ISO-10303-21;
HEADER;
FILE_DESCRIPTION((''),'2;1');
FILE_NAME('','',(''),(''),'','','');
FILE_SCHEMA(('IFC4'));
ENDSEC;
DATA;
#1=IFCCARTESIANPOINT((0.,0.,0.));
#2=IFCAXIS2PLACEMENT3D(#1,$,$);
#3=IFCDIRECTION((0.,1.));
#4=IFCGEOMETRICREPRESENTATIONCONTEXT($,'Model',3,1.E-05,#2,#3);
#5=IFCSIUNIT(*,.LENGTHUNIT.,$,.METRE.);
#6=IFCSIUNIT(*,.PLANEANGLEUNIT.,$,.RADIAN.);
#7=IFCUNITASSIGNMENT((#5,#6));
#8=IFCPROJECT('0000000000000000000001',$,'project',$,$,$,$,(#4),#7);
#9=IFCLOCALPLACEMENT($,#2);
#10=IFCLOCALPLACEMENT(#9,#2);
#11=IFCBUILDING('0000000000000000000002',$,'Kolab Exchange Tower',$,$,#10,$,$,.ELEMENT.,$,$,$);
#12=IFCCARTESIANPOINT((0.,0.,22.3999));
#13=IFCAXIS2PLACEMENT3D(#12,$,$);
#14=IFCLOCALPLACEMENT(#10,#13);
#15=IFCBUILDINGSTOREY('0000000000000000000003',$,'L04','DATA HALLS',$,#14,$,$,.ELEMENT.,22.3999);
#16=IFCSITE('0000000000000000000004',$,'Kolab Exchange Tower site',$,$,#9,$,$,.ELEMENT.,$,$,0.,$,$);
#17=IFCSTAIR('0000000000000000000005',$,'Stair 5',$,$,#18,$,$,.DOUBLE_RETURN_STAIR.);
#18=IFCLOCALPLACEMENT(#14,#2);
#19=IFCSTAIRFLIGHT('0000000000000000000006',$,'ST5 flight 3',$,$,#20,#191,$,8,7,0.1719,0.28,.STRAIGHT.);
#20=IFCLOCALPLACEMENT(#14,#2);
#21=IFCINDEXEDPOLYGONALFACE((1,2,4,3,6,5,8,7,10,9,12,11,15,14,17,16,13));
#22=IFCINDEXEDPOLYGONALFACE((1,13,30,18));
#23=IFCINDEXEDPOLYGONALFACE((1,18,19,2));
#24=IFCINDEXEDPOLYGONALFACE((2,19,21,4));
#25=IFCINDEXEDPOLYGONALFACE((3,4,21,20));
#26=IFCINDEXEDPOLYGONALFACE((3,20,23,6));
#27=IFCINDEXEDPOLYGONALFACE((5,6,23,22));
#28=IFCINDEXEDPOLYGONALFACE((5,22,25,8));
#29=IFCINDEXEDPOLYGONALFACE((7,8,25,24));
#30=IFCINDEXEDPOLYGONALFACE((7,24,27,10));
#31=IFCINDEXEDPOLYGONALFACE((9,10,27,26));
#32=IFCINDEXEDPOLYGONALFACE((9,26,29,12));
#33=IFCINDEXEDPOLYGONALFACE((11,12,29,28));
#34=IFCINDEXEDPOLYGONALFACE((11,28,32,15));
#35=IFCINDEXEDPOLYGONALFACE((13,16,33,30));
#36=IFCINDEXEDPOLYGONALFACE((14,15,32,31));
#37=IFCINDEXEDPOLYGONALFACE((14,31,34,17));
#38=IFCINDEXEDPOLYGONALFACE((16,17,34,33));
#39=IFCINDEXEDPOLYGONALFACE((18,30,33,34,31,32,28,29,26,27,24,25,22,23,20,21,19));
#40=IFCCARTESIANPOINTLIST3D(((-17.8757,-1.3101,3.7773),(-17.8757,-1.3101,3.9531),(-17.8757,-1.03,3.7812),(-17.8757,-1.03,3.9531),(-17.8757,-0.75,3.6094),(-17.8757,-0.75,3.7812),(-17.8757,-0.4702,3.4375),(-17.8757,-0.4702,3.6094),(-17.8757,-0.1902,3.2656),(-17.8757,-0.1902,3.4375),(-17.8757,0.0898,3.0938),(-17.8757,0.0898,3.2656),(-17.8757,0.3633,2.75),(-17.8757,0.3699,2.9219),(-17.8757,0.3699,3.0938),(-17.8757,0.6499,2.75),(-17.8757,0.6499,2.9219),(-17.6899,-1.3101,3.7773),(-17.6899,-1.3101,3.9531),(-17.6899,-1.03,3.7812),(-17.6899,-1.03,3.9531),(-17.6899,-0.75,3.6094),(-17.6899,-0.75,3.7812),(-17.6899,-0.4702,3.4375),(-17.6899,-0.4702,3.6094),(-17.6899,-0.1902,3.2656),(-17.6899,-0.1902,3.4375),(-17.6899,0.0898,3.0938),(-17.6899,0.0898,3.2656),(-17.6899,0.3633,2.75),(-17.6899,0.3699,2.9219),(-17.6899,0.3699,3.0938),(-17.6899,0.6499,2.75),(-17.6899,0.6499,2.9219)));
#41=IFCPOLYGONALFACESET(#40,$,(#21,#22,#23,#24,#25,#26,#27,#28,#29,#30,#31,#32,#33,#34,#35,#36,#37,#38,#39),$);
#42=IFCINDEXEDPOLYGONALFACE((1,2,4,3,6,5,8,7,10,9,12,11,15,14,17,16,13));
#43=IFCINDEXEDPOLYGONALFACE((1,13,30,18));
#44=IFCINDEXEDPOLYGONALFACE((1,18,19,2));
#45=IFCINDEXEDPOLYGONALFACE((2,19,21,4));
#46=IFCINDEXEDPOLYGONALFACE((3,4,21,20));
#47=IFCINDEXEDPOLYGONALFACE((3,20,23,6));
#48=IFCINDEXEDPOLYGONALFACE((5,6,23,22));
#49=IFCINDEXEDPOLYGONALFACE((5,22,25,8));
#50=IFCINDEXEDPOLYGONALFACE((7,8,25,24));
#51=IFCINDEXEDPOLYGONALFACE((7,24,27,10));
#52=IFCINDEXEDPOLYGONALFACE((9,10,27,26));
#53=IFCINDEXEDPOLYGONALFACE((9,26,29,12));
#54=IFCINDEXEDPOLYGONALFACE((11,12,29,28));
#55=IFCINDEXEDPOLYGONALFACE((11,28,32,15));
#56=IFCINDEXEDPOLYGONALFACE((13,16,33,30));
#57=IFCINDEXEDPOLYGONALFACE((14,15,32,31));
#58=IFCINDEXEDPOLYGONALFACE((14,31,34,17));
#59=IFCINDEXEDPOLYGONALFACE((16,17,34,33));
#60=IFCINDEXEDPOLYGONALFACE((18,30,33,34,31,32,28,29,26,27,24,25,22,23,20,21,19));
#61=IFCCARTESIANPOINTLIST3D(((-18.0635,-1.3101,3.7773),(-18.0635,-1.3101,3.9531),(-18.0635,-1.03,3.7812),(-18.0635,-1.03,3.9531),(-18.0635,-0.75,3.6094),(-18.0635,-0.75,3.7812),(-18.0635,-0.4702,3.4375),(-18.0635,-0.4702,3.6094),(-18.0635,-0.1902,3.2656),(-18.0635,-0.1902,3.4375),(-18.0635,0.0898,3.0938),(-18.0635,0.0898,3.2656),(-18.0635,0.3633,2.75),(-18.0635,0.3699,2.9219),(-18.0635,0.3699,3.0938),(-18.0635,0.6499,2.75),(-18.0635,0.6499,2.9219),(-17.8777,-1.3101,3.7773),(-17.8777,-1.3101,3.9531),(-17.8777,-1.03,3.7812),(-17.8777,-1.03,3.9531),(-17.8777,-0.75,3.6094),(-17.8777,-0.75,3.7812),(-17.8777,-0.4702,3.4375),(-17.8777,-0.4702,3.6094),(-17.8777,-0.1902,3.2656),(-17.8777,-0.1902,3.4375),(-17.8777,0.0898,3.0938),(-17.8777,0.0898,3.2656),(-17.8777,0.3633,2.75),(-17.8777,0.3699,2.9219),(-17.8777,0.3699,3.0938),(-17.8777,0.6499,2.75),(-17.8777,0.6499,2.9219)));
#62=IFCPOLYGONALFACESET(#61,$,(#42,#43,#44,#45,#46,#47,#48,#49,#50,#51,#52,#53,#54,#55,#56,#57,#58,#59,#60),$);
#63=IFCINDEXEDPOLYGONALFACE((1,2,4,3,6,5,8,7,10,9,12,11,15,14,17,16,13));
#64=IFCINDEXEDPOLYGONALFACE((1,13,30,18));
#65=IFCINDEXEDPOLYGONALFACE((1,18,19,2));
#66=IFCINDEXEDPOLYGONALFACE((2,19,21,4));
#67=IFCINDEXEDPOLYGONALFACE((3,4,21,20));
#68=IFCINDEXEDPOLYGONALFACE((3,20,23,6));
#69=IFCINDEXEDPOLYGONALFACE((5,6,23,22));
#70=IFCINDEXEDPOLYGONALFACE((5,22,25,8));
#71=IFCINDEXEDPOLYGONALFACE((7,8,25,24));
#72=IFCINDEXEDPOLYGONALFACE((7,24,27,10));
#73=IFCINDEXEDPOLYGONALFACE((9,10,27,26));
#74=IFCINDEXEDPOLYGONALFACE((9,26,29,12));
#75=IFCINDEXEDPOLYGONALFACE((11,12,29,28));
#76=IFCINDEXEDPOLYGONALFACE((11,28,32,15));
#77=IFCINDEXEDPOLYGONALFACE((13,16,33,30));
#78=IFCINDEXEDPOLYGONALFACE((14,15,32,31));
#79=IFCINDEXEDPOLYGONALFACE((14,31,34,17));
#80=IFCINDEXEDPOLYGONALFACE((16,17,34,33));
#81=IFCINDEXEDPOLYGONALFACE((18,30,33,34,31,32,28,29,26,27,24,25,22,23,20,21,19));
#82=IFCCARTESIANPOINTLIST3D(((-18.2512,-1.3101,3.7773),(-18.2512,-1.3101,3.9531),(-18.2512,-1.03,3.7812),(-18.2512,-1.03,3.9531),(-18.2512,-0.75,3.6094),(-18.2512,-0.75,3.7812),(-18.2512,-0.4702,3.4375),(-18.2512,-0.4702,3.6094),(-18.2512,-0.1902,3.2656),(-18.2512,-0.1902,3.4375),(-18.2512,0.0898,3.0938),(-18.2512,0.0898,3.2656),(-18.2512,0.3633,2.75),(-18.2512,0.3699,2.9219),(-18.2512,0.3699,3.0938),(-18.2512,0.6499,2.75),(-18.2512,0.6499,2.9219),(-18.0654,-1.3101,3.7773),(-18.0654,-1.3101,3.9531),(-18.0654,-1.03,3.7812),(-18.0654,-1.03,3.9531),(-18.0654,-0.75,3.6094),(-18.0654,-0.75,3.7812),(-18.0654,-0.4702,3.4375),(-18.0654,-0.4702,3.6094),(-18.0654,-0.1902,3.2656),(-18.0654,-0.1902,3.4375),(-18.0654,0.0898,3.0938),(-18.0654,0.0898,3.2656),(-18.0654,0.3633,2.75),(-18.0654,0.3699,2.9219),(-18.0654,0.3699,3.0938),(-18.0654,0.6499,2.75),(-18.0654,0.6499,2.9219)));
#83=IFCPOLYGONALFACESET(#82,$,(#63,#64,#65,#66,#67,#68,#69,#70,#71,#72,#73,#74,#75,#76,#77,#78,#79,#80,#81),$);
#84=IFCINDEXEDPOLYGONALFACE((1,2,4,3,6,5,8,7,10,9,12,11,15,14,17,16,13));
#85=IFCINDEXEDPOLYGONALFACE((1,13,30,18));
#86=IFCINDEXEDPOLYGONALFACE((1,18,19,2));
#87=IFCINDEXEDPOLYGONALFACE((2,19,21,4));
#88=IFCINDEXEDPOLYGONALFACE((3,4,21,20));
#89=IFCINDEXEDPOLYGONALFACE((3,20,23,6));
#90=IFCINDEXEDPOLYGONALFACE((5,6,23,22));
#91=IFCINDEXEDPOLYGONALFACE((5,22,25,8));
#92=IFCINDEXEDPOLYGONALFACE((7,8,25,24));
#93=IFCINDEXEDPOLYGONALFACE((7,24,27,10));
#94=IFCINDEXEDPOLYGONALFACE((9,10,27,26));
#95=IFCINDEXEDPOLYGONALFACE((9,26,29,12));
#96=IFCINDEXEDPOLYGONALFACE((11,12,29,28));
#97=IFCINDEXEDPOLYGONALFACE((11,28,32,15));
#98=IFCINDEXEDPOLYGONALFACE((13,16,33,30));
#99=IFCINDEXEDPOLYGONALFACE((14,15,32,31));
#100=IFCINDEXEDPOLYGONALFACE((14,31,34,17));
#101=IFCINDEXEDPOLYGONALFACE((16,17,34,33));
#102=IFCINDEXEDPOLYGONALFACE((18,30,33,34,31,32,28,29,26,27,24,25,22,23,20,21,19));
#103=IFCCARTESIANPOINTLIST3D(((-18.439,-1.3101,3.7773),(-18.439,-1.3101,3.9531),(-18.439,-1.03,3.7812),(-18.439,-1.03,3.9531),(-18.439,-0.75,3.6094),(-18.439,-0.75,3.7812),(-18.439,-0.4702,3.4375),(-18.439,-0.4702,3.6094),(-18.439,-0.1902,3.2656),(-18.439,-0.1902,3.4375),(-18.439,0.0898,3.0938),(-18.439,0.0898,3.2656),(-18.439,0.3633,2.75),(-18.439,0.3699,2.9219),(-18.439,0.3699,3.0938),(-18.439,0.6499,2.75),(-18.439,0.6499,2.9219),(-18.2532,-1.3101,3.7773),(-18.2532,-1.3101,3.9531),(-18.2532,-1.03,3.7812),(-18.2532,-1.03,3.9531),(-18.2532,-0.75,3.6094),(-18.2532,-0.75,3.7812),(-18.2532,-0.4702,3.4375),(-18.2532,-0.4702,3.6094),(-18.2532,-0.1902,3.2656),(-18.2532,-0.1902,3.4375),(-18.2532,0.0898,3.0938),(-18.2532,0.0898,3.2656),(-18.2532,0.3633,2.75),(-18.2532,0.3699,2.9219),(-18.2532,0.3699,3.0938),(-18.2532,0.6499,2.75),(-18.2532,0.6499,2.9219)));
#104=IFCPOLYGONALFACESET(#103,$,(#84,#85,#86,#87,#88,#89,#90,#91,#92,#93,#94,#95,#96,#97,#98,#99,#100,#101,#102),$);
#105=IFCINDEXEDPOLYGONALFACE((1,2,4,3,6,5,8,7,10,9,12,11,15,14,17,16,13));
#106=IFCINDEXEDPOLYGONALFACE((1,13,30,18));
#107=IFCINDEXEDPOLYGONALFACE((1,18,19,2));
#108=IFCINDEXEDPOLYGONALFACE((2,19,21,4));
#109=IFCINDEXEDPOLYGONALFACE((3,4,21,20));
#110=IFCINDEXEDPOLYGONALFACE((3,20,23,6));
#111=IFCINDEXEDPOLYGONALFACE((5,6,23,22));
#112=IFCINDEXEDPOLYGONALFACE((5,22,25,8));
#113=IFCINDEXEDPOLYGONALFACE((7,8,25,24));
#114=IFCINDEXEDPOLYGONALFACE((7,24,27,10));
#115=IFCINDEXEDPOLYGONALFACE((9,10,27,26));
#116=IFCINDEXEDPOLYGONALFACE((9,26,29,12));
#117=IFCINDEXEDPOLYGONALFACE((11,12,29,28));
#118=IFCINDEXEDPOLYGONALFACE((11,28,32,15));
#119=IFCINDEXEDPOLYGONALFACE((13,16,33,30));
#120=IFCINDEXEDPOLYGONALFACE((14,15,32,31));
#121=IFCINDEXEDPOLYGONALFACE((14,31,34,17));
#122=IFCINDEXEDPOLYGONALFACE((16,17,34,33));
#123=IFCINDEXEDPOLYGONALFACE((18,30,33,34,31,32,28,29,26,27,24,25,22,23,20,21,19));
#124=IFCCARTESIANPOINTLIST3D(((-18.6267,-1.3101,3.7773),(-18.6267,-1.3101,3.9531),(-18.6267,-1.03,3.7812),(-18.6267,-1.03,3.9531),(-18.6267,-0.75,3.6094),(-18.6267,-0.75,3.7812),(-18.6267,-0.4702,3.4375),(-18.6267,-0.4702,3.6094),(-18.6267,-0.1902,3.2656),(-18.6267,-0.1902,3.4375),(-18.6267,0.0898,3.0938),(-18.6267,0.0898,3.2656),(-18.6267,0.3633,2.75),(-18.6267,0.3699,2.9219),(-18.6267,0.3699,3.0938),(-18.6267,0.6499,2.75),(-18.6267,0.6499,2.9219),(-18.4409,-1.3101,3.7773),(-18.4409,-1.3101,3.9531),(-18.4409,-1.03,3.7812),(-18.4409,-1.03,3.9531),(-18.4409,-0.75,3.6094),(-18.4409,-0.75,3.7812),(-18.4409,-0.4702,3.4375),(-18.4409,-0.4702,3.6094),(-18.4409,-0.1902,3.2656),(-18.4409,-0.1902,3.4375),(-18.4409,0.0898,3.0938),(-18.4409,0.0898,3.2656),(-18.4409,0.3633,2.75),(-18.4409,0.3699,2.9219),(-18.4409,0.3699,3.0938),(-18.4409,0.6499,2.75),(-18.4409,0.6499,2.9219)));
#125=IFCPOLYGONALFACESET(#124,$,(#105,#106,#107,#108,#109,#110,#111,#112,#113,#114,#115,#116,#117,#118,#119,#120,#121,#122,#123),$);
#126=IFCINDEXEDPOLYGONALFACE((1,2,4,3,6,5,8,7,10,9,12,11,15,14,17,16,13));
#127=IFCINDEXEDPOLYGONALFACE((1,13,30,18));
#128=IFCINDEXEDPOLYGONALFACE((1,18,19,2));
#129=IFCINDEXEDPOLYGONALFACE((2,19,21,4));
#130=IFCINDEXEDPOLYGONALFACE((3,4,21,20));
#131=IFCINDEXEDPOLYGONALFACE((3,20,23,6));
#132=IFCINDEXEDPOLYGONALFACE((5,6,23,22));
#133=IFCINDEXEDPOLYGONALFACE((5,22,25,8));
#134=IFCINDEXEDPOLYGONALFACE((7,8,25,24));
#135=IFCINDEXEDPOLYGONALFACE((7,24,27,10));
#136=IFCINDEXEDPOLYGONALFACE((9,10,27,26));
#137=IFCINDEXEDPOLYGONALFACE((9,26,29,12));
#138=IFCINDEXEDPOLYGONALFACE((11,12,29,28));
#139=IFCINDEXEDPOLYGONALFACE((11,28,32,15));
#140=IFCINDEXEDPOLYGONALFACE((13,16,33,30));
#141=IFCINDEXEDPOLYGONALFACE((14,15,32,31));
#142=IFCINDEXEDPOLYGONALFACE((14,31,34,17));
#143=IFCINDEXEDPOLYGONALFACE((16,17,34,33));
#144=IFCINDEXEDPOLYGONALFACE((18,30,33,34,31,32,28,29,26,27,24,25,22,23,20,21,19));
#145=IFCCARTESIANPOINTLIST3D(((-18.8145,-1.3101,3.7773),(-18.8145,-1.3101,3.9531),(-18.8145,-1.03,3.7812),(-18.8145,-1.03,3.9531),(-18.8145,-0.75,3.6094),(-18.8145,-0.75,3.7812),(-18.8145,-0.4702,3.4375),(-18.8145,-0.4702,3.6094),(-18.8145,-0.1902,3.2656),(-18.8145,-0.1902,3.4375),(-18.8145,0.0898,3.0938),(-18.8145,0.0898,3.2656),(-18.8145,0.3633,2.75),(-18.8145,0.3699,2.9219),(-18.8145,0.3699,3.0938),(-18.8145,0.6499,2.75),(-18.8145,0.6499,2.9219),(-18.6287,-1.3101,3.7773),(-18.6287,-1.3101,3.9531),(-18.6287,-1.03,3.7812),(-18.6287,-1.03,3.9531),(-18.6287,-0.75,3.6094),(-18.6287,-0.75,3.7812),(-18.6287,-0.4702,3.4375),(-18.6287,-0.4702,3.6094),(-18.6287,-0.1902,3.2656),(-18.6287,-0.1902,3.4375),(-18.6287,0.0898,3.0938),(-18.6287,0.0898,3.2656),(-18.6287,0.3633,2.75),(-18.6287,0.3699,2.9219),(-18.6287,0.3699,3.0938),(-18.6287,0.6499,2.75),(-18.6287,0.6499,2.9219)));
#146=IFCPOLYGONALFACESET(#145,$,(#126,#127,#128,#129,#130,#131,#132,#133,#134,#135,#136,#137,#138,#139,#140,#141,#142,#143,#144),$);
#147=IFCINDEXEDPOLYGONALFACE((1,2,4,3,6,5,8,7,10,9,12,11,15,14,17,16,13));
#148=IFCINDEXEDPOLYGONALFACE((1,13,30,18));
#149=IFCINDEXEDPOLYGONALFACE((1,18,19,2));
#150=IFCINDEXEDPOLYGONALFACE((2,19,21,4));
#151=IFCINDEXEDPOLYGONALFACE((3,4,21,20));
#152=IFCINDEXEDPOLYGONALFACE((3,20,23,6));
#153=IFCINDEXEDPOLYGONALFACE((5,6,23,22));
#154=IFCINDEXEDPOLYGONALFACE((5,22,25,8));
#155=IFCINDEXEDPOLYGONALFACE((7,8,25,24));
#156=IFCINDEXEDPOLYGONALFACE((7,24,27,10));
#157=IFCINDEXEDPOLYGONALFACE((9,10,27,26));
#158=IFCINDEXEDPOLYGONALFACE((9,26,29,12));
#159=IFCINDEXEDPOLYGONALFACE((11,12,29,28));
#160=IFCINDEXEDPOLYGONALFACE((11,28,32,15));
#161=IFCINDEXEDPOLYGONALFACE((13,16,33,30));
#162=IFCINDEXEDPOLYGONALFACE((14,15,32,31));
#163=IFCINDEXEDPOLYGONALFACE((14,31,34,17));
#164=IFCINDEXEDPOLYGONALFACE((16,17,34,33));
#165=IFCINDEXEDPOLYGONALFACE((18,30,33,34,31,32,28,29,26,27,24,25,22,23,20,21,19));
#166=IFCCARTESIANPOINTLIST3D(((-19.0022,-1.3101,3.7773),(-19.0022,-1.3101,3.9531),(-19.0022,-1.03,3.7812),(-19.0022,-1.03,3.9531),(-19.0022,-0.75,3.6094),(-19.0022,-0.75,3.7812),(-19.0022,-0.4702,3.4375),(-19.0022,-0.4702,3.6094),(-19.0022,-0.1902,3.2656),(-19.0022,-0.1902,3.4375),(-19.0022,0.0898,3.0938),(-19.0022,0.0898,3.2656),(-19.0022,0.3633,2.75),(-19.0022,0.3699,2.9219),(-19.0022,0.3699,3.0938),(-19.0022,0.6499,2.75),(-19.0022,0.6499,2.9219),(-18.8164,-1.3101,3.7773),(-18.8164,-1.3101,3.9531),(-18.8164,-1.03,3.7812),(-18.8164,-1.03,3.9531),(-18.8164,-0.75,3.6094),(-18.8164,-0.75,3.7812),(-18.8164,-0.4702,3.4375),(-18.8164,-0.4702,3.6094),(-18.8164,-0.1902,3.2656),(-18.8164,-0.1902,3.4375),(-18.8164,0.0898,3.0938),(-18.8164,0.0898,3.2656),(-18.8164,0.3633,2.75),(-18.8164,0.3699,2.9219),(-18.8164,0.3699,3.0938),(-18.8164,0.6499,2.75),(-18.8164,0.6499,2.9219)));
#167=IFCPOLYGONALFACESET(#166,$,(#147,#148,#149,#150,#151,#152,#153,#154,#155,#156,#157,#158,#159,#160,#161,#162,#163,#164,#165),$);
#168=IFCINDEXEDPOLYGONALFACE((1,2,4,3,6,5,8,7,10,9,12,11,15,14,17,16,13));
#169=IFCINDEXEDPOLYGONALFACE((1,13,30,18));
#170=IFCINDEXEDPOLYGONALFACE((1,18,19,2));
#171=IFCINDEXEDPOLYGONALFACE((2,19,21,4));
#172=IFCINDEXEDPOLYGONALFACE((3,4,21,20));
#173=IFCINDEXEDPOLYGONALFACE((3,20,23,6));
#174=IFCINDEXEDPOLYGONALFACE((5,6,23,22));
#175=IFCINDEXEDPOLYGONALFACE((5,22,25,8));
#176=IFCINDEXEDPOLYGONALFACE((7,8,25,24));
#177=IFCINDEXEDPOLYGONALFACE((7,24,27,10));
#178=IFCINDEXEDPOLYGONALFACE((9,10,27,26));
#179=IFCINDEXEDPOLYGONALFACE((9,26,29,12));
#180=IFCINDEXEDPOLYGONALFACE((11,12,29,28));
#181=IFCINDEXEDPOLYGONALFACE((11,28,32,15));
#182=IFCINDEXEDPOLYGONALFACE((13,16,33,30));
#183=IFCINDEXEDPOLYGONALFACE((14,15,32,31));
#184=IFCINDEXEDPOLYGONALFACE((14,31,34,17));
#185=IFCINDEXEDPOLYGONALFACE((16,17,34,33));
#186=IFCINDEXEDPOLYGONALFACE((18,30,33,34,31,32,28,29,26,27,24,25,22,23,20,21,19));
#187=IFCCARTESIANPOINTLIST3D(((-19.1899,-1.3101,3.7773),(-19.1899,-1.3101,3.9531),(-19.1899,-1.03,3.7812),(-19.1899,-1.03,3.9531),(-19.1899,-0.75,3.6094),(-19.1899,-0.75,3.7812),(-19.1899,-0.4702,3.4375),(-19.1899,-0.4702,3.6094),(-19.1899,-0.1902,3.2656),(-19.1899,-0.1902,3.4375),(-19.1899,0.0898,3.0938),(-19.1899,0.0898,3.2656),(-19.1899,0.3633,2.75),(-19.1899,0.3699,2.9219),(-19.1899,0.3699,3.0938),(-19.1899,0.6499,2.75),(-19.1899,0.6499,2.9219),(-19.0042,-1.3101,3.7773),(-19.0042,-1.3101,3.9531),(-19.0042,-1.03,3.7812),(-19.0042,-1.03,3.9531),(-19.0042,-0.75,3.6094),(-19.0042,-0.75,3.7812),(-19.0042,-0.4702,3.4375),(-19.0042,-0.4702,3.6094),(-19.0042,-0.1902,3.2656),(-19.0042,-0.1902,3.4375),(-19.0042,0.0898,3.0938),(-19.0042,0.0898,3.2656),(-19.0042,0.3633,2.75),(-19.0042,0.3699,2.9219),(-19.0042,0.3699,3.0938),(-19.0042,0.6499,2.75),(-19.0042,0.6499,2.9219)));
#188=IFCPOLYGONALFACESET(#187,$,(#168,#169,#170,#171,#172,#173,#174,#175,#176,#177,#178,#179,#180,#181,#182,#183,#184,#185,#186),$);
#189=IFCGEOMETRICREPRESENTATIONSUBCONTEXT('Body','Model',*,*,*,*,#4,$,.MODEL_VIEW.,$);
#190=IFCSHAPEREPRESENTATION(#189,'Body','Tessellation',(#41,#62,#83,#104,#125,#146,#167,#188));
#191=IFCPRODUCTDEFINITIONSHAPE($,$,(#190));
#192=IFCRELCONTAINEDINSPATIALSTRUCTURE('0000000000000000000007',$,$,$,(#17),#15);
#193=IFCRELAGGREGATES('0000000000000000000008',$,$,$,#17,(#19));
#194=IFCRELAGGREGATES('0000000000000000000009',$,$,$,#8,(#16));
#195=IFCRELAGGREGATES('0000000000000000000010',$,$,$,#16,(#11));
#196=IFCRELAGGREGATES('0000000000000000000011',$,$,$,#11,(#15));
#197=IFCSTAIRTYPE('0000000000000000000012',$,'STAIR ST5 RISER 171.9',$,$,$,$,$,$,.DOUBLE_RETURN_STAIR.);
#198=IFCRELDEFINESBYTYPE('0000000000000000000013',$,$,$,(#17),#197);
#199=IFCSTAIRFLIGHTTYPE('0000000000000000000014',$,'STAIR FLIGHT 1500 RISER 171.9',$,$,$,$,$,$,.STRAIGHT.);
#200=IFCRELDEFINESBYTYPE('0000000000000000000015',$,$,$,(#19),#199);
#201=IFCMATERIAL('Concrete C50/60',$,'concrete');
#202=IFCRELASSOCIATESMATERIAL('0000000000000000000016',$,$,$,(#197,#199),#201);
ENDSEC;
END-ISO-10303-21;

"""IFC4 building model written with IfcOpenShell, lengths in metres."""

from ifc_helpers import new_model, si_unit, direction, frame, origin, place, context, subcontext, project, spatial, polyline, outline, extrude, material, type_object, element, aggregate, save


model = new_model("IFC4")

# Units and contexts
model_context = context("Model", 3, precision=1e-05, world=origin(), true_north=direction((0.0, 1.0)))
body_context = subcontext(model_context, "Body", "Model", "MODEL_VIEW")
ifc_project = project(units=[si_unit("LENGTHUNIT", "METRE"), si_unit("PLANEANGLEUNIT", "RADIAN")], contexts=[model_context])

# Site, building, storey
site_placement = place(None, origin())
site = spatial("IfcSite", under=ifc_project, at=site_placement, Name="Kolab Exchange Tower site", CompositionType="ELEMENT", RefElevation=0.0)
building_placement = place(site_placement, origin())
building = spatial("IfcBuilding", under=site, at=building_placement, Name="Kolab Exchange Tower", CompositionType="ELEMENT")
storey_placement = place(building_placement, frame((0.0, 0.0, 22.3999)))
storey = spatial("IfcBuildingStorey", under=building, at=storey_placement, Name="L04", Description="DATA HALLS", CompositionType="ELEMENT", Elevation=22.3999)

# Shared definitions
ifc_material_1 = material(Name="Concrete C50/60", Category="concrete")

# Stair, stair flight
stair_type = type_object("IfcStairType", Name="STAIR ST5 RISER 171.9", PredefinedType="DOUBLE_RETURN_STAIR", material=ifc_material_1)
stair_placement = place(storey_placement, origin())
stair = element("IfcStair", 1, at=stair_placement, inside=storey, type_object=stair_type, Name="Stair 5", PredefinedType="DOUBLE_RETURN_STAIR")
stair_flight_type = type_object("IfcStairFlightType", Name="STAIR FLIGHT 1500 RISER 171.9", PredefinedType="STRAIGHT", material=ifc_material_1)
stair_flight_1_placement = place(storey_placement, frame((-18.4399, 0.6499, 2.75), z_axis=(0.0, 0.0, 1.0), x_axis=(0.0, -1.0, 0.0)))
stair_flight_1 = element("IfcStairFlight", 2, at=stair_flight_1_placement, type_object=stair_flight_type, Name="ST5 flight 3", NumberOfRisers=8, NumberOfTreads=7, PredefinedType="STRAIGHT", RiserHeight=0.1719, TreadLength=0.28, context=body_context, shape_type="SweptSolid", body=[
    extrude(outline(polyline([(0.0, 0.0), (0.0, 0.1719), (0.28, 0.1719), (0.28, 0.3438), (0.5601, 0.3438), (0.5601, 0.5156), (0.8401, 0.5156), (0.8401, 0.6875), (1.1201, 0.6875), (1.1201, 0.8594), (1.3999, 0.8594), (1.3999, 1.0312), (1.6799, 1.0312), (1.6799, 1.2031), (1.96, 1.2031), (1.96, 1.375), (1.96, 1.0273), (0.2866, 0.0), (0.0, 0.0)])), frame((0.0, 0.75, 0.0), z_axis=(0.0, -1.0, 0.0), x_axis=(1.0, 0.0, 0.0)), (0.0, 0.0, 1.0), 0.1858),
    extrude(outline(polyline([(0.0, 0.0), (0.0, 0.1719), (0.28, 0.1719), (0.28, 0.3438), (0.5601, 0.3438), (0.5601, 0.5156), (0.8401, 0.5156), (0.8401, 0.6875), (1.1201, 0.6875), (1.1201, 0.8594), (1.3999, 0.8594), (1.3999, 1.0312), (1.6799, 1.0312), (1.6799, 1.2031), (1.96, 1.2031), (1.96, 1.375), (1.96, 1.0273), (0.2866, 0.0), (0.0, 0.0)])), frame((0.0, 0.5623, 0.0), z_axis=(0.0, -1.0, 0.0), x_axis=(1.0, 0.0, 0.0)), (0.0, 0.0, 1.0), 0.1858),
    extrude(outline(polyline([(0.0, 0.0), (0.0, 0.1719), (0.28, 0.1719), (0.28, 0.3438), (0.5601, 0.3438), (0.5601, 0.5156), (0.8401, 0.5156), (0.8401, 0.6875), (1.1201, 0.6875), (1.1201, 0.8594), (1.3999, 0.8594), (1.3999, 1.0312), (1.6799, 1.0312), (1.6799, 1.2031), (1.96, 1.2031), (1.96, 1.375), (1.96, 1.0273), (0.2866, 0.0), (0.0, 0.0)])), frame((0.0, 0.3745, 0.0), z_axis=(0.0, -1.0, 0.0), x_axis=(1.0, 0.0, 0.0)), (0.0, 0.0, 1.0), 0.1858),
    extrude(outline(polyline([(0.0, 0.0), (0.0, 0.1719), (0.28, 0.1719), (0.28, 0.3438), (0.5601, 0.3438), (0.5601, 0.5156), (0.8401, 0.5156), (0.8401, 0.6875), (1.1201, 0.6875), (1.1201, 0.8594), (1.3999, 0.8594), (1.3999, 1.0312), (1.6799, 1.0312), (1.6799, 1.2031), (1.96, 1.2031), (1.96, 1.375), (1.96, 1.0273), (0.2866, 0.0), (0.0, 0.0)])), frame((0.0, 0.1868, 0.0), z_axis=(0.0, -1.0, 0.0), x_axis=(1.0, 0.0, 0.0)), (0.0, 0.0, 1.0), 0.1858),
    extrude(outline(polyline([(0.0, 0.0), (0.0, 0.1719), (0.28, 0.1719), (0.28, 0.3438), (0.5601, 0.3438), (0.5601, 0.5156), (0.8401, 0.5156), (0.8401, 0.6875), (1.1201, 0.6875), (1.1201, 0.8594), (1.3999, 0.8594), (1.3999, 1.0312), (1.6799, 1.0312), (1.6799, 1.2031), (1.96, 1.2031), (1.96, 1.375), (1.96, 1.0273), (0.2866, 0.0), (0.0, 0.0)])), frame((0.0, -0.001, 0.0), z_axis=(0.0, -1.0, 0.0), x_axis=(1.0, 0.0, 0.0)), (0.0, 0.0, 1.0), 0.1858),
    extrude(outline(polyline([(0.0, 0.0), (0.0, 0.1719), (0.28, 0.1719), (0.28, 0.3438), (0.5601, 0.3438), (0.5601, 0.5156), (0.8401, 0.5156), (0.8401, 0.6875), (1.1201, 0.6875), (1.1201, 0.8594), (1.3999, 0.8594), (1.3999, 1.0312), (1.6799, 1.0312), (1.6799, 1.2031), (1.96, 1.2031), (1.96, 1.375), (1.96, 1.0273), (0.2866, 0.0), (0.0, 0.0)])), frame((0.0, -0.1887, 0.0), z_axis=(0.0, -1.0, 0.0), x_axis=(1.0, 0.0, 0.0)), (0.0, 0.0, 1.0), 0.1858),
    extrude(outline(polyline([(0.0, 0.0), (0.0, 0.1719), (0.28, 0.1719), (0.28, 0.3438), (0.5601, 0.3438), (0.5601, 0.5156), (0.8401, 0.5156), (0.8401, 0.6875), (1.1201, 0.6875), (1.1201, 0.8594), (1.3999, 0.8594), (1.3999, 1.0312), (1.6799, 1.0312), (1.6799, 1.2031), (1.96, 1.2031), (1.96, 1.375), (1.96, 1.0273), (0.2866, 0.0), (0.0, 0.0)])), frame((0.0, -0.3765, 0.0), z_axis=(0.0, -1.0, 0.0), x_axis=(1.0, 0.0, 0.0)), (0.0, 0.0, 1.0), 0.1858),
    extrude(outline(polyline([(0.0, 0.0), (0.0, 0.1719), (0.28, 0.1719), (0.28, 0.3438), (0.5601, 0.3438), (0.5601, 0.5156), (0.8401, 0.5156), (0.8401, 0.6875), (1.1201, 0.6875), (1.1201, 0.8594), (1.3999, 0.8594), (1.3999, 1.0312), (1.6799, 1.0312), (1.6799, 1.2031), (1.96, 1.2031), (1.96, 1.375), (1.96, 1.0273), (0.2866, 0.0), (0.0, 0.0)])), frame((0.0, -0.5642, 0.0), z_axis=(0.0, -1.0, 0.0), x_axis=(1.0, 0.0, 0.0)), (0.0, 0.0, 1.0), 0.1858),
])
aggregate(stair, [stair_flight_1])

save(model, "model.ifc")
